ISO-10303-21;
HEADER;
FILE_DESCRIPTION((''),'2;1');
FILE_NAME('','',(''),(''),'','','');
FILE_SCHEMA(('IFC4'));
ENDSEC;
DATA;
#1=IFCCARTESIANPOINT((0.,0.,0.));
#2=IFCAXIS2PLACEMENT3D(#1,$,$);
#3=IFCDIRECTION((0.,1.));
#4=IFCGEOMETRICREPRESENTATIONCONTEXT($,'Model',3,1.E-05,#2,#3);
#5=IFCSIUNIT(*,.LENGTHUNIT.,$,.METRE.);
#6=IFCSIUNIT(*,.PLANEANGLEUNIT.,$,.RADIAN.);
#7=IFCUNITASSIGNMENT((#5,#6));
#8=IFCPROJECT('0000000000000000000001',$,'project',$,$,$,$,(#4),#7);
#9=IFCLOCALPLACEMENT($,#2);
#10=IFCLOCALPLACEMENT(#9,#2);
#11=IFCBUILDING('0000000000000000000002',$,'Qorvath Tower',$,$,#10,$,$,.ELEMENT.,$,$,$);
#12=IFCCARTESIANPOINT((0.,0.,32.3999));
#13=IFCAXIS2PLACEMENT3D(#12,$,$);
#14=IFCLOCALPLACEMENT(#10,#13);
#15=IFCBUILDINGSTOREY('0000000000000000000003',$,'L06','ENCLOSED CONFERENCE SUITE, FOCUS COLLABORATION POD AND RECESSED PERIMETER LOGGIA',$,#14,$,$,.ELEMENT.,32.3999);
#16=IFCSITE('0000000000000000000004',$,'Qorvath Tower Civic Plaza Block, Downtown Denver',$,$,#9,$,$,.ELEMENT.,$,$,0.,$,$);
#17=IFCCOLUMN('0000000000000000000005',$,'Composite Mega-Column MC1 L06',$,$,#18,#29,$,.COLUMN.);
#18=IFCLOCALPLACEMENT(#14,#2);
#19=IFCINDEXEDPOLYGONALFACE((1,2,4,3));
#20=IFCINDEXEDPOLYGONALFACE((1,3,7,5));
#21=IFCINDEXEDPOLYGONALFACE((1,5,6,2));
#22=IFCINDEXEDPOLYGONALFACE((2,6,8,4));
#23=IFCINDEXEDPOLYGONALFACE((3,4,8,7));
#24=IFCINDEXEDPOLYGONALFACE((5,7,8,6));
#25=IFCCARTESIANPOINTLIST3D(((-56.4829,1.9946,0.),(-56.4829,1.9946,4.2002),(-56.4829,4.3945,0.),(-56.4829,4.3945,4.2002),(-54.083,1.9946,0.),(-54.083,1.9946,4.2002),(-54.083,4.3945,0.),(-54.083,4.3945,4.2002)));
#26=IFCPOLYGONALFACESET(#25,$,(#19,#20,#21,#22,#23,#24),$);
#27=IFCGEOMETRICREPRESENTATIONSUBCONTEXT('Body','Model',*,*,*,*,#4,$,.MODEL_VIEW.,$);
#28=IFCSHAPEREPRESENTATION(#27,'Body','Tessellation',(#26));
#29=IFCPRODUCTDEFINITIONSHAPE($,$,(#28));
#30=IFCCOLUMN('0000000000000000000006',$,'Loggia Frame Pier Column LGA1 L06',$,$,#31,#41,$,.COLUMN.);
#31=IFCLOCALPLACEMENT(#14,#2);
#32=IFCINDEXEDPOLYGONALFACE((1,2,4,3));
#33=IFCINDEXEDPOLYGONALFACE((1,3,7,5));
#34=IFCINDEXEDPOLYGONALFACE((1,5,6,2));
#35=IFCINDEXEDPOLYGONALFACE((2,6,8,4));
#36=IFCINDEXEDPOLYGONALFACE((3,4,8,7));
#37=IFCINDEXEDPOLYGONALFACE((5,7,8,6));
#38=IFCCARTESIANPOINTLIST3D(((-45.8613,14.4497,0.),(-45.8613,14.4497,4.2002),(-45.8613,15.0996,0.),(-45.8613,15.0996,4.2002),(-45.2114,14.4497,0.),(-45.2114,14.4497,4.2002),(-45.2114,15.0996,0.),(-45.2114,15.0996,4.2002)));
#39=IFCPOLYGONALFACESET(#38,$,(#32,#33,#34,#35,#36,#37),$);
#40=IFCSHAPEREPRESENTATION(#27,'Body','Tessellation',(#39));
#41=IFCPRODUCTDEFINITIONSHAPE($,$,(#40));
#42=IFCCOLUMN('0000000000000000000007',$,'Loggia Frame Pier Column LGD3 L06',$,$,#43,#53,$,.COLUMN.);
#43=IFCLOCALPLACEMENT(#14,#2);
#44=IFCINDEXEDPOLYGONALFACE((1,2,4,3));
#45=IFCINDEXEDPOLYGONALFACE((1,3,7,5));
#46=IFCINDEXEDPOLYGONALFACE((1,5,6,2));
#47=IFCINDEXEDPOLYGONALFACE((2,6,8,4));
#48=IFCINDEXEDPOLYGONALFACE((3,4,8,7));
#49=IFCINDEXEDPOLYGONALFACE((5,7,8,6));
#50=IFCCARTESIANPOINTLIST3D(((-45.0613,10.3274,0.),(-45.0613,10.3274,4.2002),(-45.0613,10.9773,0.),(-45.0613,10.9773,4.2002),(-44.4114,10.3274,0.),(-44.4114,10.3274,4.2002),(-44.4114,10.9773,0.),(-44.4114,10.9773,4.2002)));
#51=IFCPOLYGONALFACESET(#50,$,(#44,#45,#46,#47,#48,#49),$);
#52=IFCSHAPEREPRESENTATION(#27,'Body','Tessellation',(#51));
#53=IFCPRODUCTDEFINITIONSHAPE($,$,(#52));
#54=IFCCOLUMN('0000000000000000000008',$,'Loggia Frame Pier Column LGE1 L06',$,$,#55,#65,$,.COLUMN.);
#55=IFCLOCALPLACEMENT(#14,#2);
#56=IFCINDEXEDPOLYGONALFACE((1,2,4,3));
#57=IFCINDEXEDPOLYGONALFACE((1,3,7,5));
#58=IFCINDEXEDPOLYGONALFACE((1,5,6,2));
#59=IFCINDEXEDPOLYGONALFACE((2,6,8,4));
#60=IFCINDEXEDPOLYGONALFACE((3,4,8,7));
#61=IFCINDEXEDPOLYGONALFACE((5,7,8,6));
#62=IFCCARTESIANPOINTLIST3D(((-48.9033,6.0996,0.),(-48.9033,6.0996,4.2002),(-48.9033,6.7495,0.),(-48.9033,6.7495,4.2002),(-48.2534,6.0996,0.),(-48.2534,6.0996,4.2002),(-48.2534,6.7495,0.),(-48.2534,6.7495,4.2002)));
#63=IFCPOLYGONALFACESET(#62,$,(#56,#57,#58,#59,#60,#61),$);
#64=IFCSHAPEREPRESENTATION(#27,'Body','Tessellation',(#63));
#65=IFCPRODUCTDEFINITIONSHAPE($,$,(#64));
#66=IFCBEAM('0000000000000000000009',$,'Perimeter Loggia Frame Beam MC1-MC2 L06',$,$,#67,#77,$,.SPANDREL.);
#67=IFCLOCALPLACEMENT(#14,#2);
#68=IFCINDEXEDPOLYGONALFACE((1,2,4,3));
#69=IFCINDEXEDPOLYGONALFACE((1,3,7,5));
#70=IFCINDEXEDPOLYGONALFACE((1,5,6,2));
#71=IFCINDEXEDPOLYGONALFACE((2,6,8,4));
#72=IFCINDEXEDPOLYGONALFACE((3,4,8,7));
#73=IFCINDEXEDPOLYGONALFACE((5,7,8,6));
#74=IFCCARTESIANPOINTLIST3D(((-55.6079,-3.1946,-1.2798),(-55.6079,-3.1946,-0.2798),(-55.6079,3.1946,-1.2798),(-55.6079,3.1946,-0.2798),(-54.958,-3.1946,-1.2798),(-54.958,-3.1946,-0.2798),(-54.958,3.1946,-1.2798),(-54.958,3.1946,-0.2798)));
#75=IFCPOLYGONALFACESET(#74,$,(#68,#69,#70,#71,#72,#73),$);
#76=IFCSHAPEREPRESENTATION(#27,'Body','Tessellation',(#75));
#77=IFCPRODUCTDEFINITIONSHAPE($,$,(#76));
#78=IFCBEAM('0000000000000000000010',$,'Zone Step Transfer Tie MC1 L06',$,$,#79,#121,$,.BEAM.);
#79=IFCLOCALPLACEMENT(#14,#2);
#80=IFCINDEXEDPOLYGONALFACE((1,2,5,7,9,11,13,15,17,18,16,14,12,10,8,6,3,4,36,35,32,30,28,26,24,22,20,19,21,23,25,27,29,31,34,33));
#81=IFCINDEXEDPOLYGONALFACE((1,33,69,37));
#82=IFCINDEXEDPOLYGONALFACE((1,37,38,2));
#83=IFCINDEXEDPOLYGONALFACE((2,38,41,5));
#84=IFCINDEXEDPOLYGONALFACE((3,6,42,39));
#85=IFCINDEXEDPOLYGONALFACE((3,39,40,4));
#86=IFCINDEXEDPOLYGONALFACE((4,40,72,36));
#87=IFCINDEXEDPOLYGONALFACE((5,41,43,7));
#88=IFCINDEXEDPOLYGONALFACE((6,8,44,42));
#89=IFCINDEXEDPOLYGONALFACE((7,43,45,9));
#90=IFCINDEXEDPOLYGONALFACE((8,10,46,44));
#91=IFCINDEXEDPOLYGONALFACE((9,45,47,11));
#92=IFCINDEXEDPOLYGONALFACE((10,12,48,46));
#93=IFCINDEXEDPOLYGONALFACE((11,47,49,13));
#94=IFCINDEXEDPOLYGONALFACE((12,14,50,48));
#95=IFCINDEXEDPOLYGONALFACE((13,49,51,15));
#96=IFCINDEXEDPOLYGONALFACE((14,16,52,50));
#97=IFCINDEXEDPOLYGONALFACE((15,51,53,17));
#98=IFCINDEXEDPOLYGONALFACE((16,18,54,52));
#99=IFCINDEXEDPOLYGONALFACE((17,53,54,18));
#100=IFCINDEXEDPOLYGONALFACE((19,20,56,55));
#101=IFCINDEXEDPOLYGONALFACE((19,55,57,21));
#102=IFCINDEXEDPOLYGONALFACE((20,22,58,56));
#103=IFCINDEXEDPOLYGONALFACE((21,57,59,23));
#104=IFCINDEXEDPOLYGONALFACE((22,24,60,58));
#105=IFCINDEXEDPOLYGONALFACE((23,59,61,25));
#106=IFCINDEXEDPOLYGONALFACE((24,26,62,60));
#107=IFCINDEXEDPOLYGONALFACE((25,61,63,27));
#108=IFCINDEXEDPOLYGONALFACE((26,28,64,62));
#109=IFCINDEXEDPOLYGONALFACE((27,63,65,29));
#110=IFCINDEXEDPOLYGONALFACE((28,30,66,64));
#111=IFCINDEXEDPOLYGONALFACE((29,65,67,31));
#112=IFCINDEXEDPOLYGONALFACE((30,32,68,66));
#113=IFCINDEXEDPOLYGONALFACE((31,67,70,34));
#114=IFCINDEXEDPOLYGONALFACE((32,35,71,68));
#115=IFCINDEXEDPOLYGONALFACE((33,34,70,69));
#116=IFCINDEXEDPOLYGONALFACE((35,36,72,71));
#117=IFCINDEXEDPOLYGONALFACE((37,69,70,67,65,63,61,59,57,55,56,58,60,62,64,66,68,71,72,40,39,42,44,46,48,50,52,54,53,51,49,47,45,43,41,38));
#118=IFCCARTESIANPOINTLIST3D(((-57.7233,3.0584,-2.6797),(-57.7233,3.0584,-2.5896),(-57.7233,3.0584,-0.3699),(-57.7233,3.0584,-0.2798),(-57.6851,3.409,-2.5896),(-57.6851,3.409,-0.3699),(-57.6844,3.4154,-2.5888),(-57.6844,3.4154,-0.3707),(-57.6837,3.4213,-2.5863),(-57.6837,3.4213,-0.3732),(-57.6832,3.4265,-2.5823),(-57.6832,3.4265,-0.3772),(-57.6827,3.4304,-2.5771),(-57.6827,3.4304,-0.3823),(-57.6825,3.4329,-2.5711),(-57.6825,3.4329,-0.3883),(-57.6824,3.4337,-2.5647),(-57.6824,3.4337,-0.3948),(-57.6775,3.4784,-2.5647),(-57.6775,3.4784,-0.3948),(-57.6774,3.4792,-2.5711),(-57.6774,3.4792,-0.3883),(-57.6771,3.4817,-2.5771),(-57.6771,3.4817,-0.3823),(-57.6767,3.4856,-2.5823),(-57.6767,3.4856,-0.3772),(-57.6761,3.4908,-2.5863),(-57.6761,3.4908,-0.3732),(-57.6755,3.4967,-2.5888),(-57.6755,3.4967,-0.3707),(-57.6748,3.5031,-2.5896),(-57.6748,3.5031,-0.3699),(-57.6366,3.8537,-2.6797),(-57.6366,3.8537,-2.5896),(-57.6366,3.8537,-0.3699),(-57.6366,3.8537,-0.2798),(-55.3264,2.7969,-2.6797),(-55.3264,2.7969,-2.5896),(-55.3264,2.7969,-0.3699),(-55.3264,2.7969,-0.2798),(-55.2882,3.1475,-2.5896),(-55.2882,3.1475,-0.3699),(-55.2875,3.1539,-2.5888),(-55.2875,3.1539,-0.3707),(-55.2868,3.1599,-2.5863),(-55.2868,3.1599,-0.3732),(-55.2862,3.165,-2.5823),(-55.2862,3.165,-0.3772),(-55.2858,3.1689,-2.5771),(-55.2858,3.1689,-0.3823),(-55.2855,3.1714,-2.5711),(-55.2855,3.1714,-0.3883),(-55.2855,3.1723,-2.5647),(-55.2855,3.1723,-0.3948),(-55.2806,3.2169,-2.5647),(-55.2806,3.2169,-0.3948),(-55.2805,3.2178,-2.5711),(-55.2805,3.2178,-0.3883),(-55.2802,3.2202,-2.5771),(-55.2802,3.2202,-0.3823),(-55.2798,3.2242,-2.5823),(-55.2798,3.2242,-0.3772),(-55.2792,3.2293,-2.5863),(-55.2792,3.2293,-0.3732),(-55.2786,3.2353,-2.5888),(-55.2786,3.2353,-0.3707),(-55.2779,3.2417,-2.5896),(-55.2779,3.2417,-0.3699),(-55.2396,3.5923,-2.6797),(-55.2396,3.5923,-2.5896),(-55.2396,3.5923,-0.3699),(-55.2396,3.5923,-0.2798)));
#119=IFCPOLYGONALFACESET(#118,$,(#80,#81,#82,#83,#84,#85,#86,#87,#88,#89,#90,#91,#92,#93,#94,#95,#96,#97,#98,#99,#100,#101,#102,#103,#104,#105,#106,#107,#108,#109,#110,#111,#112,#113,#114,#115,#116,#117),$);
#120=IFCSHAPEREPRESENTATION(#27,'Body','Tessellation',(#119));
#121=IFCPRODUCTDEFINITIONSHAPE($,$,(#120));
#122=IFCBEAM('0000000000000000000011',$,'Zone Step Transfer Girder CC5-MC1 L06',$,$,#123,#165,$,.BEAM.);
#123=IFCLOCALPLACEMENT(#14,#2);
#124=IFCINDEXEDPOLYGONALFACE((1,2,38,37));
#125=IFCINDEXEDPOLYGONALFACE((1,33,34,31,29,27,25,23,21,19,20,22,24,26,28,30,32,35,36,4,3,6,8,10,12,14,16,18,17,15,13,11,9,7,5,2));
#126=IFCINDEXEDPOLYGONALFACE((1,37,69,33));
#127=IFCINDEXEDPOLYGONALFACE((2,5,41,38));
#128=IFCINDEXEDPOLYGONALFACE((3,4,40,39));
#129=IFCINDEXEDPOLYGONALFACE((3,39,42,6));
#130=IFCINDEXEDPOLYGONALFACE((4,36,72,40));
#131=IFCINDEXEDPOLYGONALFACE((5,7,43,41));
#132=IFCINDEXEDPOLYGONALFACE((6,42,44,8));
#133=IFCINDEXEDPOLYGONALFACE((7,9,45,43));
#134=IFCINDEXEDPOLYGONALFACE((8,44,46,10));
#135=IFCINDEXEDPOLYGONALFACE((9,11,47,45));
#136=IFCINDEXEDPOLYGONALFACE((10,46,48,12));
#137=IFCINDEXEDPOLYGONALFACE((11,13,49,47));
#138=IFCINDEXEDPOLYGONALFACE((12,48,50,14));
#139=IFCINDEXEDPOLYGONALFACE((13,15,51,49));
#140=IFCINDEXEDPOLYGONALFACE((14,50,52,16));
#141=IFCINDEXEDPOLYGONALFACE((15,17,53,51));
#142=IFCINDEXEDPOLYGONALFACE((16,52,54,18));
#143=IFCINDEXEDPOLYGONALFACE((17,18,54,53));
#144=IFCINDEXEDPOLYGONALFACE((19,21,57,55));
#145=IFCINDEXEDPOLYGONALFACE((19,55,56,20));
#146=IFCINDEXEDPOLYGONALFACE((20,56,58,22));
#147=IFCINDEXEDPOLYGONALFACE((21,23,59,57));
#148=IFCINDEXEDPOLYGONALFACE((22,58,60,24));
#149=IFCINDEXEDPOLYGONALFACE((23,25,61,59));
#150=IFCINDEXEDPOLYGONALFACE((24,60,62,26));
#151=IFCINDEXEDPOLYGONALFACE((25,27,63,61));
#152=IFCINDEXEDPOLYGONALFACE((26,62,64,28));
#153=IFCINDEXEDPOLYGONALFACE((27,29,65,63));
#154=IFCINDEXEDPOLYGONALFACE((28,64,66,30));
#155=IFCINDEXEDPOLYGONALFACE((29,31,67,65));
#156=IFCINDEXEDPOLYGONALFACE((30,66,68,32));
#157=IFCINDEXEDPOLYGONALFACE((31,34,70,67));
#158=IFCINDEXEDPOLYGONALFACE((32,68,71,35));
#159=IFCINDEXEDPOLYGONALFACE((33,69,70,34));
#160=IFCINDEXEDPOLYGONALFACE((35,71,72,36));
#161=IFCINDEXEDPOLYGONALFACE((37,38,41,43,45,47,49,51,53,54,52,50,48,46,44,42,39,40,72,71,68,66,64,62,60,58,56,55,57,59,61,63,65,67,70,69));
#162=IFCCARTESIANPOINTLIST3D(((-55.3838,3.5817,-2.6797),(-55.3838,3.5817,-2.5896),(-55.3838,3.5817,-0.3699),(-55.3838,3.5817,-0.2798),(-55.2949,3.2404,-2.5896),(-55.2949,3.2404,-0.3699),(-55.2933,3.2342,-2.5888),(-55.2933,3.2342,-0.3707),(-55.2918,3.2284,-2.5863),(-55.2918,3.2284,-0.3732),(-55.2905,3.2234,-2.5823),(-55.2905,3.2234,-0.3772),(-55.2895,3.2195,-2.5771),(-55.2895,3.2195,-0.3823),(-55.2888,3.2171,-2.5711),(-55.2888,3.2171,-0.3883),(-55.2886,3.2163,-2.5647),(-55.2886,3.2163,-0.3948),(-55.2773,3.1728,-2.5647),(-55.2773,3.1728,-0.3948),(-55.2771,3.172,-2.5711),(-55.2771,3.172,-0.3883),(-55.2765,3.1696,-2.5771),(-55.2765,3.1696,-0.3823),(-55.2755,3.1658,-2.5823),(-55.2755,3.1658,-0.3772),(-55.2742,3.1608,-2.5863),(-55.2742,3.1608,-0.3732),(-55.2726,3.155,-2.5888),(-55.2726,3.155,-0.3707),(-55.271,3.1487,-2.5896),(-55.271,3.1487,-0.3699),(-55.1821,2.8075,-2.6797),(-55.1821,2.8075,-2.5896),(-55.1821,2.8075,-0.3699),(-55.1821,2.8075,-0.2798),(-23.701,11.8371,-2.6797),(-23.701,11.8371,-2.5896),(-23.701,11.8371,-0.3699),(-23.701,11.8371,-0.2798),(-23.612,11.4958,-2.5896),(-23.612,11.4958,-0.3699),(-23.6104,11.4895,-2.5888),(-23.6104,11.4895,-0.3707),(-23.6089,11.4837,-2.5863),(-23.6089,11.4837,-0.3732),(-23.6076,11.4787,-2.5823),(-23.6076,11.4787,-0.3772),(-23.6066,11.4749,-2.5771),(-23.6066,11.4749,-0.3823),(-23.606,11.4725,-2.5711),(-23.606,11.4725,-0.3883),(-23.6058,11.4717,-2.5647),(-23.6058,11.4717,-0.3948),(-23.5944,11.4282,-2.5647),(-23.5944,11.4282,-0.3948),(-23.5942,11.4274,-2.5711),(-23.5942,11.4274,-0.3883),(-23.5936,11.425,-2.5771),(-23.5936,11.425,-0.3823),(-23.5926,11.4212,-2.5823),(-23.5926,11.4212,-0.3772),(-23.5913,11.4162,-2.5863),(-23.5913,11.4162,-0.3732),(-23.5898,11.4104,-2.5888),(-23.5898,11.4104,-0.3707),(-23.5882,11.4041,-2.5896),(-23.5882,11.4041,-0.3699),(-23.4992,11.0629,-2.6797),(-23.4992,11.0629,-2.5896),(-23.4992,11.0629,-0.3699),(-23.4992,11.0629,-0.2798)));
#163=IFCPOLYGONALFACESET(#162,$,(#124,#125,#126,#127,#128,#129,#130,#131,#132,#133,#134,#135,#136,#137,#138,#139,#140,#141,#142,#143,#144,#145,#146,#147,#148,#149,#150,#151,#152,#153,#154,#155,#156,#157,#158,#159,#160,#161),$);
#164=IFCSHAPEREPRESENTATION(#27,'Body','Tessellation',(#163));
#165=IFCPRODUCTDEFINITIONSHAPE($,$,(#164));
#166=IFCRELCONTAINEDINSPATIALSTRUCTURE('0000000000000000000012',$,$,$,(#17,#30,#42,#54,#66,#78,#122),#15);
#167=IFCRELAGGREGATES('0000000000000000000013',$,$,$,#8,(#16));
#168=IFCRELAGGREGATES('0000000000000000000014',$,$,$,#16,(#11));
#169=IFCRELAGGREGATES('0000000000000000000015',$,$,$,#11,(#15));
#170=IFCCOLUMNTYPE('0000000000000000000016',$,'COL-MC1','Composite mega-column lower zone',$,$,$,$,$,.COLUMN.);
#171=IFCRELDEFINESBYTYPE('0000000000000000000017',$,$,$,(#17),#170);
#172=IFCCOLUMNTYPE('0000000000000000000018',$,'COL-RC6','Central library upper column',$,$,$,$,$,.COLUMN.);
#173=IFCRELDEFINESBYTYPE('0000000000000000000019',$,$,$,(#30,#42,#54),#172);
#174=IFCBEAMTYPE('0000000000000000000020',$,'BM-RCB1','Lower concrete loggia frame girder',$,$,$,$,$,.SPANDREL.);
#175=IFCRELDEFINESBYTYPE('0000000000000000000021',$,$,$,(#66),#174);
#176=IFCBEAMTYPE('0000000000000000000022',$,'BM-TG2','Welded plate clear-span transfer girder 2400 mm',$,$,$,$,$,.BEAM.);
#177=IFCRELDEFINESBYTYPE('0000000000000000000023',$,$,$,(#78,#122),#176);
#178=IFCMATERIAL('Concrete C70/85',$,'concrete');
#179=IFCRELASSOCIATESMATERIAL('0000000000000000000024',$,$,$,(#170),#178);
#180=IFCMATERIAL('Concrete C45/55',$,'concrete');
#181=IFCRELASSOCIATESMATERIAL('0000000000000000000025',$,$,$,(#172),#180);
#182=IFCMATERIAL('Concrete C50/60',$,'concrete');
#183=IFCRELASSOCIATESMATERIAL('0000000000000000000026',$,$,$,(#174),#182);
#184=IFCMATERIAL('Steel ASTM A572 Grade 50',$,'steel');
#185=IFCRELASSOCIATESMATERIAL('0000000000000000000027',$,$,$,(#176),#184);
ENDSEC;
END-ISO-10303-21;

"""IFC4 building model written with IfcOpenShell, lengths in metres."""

from ifc_helpers import new_model, si_unit, direction, frame, origin, origin_2d, place, context, subcontext, project, spatial, rectangle, i_section, extrude, material, material_profile, profile_set, type_object, element, save


model = new_model("IFC4")

# Units and contexts
model_context = context("Model", 3, precision=1e-05, world=origin(), true_north=direction((0.0, 1.0)))
body_context = subcontext(model_context, "Body", "Model", "MODEL_VIEW")
ifc_project = project(units=[si_unit("LENGTHUNIT", "METRE"), si_unit("PLANEANGLEUNIT", "RADIAN")], contexts=[model_context])

# Site, building, storey
site_placement = place(None, origin())
site = spatial("IfcSite", under=ifc_project, at=site_placement, Name="Qorvath Tower Civic Plaza Block, Downtown Denver", CompositionType="ELEMENT", RefElevation=0.0)
building_placement = place(site_placement, origin())
building = spatial("IfcBuilding", under=site, at=building_placement, Name="Qorvath Tower", CompositionType="ELEMENT")
storey_placement = place(building_placement, frame((0.0, 0.0, 32.3999)))
storey = spatial("IfcBuildingStorey", under=building, at=storey_placement, Name="L06", Description="ENCLOSED CONFERENCE SUITE, FOCUS COLLABORATION POD AND RECESSED PERIMETER LOGGIA", CompositionType="ELEMENT", Elevation=32.3999)

# Columns
ifc_material_1 = material(Name="Concrete C70/85", Category="concrete")
ifc_material_profile_1 = material_profile(ifc_material_1, rectangle(XDim=2.3999, YDim=2.3999, at=origin_2d()), Name="MC 2400x2400")
ifc_profile_set_1 = profile_set([ifc_material_profile_1], Name="Concrete C70/85")
column_type_1 = type_object("IfcColumnType", Name="COL-MC1", Description="Composite mega-column lower zone", PredefinedType="COLUMN", material=ifc_profile_set_1)
column_placement = place(storey_placement, frame((-55.283, 3.1946, 0.0), z_axis=(0.0, 0.0, 1.0), x_axis=(1.0, 0.0, 0.0)))
element("IfcColumn", 1, at=column_placement, inside=storey, type_object=column_type_1, Name="Composite Mega-Column MC1 L06", PredefinedType="COLUMN", context=body_context, shape_type="SweptSolid", body=[
    extrude(rectangle(XDim=2.3999, YDim=2.3999, at=origin_2d()), origin(), (0.0, 0.0, 1.0), 4.2002),
])
ifc_material_2 = material(Name="Concrete C45/55", Category="concrete")
ifc_material_profile_2 = material_profile(ifc_material_2, rectangle(XDim=0.6499, YDim=0.6499, at=origin_2d()), Name="RC 650x650")
ifc_profile_set_2 = profile_set([ifc_material_profile_2], Name="Concrete C45/55")
column_type_2 = type_object("IfcColumnType", Name="COL-RC6", Description="Central library upper column", PredefinedType="COLUMN", material=ifc_profile_set_2)
for number, where, z_axis, x_axis, name in (
    (2, (-45.5364, 14.7747, 0.0), (0.0, 0.0, 1.0), (1.0, 0.0, 0.0), "Loggia Frame Pier Column LGA1 L06"),
    (3, (-44.7363, 10.6523, 0.0), (0.0, 0.0, 1.0), (1.0, 0.0, 0.0), "Loggia Frame Pier Column LGD3 L06"),
    (4, (-48.5784, 6.4246, 0.0), (0.0, 0.0, 1.0), (1.0, 0.0, 0.0), "Loggia Frame Pier Column LGE1 L06"),
):
    element("IfcColumn", number, at=place(storey_placement, frame(where, z_axis=z_axis, x_axis=x_axis)), inside=storey, type_object=column_type_2, Name=name, PredefinedType="COLUMN", context=body_context, shape_type="SweptSolid", body=[
        extrude(rectangle(XDim=0.6499, YDim=0.6499, at=origin_2d()), origin(), (0.0, 0.0, 1.0), 4.2002),
    ])

# Beams
ifc_material_3 = material(Name="Concrete C50/60", Category="concrete")
ifc_material_profile_3 = material_profile(ifc_material_3, rectangle(XDim=0.6499, YDim=1.0, at=origin_2d()), Name="RCB 1000x650")
ifc_profile_set_3 = profile_set([ifc_material_profile_3], Name="Concrete C50/60")
beam_type_1 = type_object("IfcBeamType", Name="BM-RCB1", Description="Lower concrete loggia frame girder", PredefinedType="SPANDREL", material=ifc_profile_set_3)
beam_1_placement = place(storey_placement, frame((-55.283, 3.1946, -0.7798), z_axis=(0.0, -1.0, 0.0), x_axis=(1.0, 0.0, 0.0)))
element("IfcBeam", 5, at=beam_1_placement, inside=storey, type_object=beam_type_1, Name="Perimeter Loggia Frame Beam MC1-MC2 L06", PredefinedType="SPANDREL", context=body_context, shape_type="SweptSolid", body=[
    extrude(rectangle(XDim=0.6499, YDim=1.0, at=origin_2d()), origin(), (0.0, 0.0, 1.0), 6.3892),
])
ifc_material_4 = material(Name="Steel ASTM A572 Grade 50", Category="steel")
ifc_material_profile_4 = material_profile(ifc_material_4, i_section(OverallWidth=0.8, OverallDepth=2.3999, WebThickness=0.0449, FlangeThickness=0.0901, FilletRadius=0.0249, at=origin_2d()), Name="WTG 2400x800")
ifc_profile_set_4 = profile_set([ifc_material_profile_4], Name="Steel ASTM A572 Grade 50")
beam_type_2 = type_object("IfcBeamType", Name="BM-TG2", Description="Welded plate clear-span transfer girder 2400 mm", PredefinedType="BEAM", material=ifc_profile_set_4)
beam_2_placement = place(storey_placement, frame((-57.6799, 3.4561, -1.4797), z_axis=(0.994103, -0.108442, 0.0), x_axis=(0.108442, 0.994103, 0.0)))
element("IfcBeam", 6, at=beam_2_placement, inside=storey, type_object=beam_type_2, Name="Zone Step Transfer Tie MC1 L06", PredefinedType="BEAM", context=body_context, shape_type="SweptSolid", body=[
    extrude(i_section(OverallWidth=0.8, OverallDepth=2.3999, WebThickness=0.0449, FlangeThickness=0.0901, FilletRadius=0.0249, at=origin_2d()), origin(), (0.0, 0.0, 1.0), 2.4111),
])
beam_3_placement = place(storey_placement, frame((-55.283, 3.1946, -1.4797), z_axis=(0.96769, 0.252144, 0.0), x_axis=(-0.252144, 0.96769, 0.0)))
element("IfcBeam", 7, at=beam_3_placement, inside=storey, type_object=beam_type_2, Name="Zone Step Transfer Girder CC5-MC1 L06", PredefinedType="BEAM", context=body_context, shape_type="SweptSolid", body=[
    extrude(i_section(OverallWidth=0.8, OverallDepth=2.3999, WebThickness=0.0449, FlangeThickness=0.0901, FilletRadius=0.0249, at=origin_2d()), origin(), (0.0, 0.0, 1.0), 32.7407),
])

save(model, "model.ifc")
